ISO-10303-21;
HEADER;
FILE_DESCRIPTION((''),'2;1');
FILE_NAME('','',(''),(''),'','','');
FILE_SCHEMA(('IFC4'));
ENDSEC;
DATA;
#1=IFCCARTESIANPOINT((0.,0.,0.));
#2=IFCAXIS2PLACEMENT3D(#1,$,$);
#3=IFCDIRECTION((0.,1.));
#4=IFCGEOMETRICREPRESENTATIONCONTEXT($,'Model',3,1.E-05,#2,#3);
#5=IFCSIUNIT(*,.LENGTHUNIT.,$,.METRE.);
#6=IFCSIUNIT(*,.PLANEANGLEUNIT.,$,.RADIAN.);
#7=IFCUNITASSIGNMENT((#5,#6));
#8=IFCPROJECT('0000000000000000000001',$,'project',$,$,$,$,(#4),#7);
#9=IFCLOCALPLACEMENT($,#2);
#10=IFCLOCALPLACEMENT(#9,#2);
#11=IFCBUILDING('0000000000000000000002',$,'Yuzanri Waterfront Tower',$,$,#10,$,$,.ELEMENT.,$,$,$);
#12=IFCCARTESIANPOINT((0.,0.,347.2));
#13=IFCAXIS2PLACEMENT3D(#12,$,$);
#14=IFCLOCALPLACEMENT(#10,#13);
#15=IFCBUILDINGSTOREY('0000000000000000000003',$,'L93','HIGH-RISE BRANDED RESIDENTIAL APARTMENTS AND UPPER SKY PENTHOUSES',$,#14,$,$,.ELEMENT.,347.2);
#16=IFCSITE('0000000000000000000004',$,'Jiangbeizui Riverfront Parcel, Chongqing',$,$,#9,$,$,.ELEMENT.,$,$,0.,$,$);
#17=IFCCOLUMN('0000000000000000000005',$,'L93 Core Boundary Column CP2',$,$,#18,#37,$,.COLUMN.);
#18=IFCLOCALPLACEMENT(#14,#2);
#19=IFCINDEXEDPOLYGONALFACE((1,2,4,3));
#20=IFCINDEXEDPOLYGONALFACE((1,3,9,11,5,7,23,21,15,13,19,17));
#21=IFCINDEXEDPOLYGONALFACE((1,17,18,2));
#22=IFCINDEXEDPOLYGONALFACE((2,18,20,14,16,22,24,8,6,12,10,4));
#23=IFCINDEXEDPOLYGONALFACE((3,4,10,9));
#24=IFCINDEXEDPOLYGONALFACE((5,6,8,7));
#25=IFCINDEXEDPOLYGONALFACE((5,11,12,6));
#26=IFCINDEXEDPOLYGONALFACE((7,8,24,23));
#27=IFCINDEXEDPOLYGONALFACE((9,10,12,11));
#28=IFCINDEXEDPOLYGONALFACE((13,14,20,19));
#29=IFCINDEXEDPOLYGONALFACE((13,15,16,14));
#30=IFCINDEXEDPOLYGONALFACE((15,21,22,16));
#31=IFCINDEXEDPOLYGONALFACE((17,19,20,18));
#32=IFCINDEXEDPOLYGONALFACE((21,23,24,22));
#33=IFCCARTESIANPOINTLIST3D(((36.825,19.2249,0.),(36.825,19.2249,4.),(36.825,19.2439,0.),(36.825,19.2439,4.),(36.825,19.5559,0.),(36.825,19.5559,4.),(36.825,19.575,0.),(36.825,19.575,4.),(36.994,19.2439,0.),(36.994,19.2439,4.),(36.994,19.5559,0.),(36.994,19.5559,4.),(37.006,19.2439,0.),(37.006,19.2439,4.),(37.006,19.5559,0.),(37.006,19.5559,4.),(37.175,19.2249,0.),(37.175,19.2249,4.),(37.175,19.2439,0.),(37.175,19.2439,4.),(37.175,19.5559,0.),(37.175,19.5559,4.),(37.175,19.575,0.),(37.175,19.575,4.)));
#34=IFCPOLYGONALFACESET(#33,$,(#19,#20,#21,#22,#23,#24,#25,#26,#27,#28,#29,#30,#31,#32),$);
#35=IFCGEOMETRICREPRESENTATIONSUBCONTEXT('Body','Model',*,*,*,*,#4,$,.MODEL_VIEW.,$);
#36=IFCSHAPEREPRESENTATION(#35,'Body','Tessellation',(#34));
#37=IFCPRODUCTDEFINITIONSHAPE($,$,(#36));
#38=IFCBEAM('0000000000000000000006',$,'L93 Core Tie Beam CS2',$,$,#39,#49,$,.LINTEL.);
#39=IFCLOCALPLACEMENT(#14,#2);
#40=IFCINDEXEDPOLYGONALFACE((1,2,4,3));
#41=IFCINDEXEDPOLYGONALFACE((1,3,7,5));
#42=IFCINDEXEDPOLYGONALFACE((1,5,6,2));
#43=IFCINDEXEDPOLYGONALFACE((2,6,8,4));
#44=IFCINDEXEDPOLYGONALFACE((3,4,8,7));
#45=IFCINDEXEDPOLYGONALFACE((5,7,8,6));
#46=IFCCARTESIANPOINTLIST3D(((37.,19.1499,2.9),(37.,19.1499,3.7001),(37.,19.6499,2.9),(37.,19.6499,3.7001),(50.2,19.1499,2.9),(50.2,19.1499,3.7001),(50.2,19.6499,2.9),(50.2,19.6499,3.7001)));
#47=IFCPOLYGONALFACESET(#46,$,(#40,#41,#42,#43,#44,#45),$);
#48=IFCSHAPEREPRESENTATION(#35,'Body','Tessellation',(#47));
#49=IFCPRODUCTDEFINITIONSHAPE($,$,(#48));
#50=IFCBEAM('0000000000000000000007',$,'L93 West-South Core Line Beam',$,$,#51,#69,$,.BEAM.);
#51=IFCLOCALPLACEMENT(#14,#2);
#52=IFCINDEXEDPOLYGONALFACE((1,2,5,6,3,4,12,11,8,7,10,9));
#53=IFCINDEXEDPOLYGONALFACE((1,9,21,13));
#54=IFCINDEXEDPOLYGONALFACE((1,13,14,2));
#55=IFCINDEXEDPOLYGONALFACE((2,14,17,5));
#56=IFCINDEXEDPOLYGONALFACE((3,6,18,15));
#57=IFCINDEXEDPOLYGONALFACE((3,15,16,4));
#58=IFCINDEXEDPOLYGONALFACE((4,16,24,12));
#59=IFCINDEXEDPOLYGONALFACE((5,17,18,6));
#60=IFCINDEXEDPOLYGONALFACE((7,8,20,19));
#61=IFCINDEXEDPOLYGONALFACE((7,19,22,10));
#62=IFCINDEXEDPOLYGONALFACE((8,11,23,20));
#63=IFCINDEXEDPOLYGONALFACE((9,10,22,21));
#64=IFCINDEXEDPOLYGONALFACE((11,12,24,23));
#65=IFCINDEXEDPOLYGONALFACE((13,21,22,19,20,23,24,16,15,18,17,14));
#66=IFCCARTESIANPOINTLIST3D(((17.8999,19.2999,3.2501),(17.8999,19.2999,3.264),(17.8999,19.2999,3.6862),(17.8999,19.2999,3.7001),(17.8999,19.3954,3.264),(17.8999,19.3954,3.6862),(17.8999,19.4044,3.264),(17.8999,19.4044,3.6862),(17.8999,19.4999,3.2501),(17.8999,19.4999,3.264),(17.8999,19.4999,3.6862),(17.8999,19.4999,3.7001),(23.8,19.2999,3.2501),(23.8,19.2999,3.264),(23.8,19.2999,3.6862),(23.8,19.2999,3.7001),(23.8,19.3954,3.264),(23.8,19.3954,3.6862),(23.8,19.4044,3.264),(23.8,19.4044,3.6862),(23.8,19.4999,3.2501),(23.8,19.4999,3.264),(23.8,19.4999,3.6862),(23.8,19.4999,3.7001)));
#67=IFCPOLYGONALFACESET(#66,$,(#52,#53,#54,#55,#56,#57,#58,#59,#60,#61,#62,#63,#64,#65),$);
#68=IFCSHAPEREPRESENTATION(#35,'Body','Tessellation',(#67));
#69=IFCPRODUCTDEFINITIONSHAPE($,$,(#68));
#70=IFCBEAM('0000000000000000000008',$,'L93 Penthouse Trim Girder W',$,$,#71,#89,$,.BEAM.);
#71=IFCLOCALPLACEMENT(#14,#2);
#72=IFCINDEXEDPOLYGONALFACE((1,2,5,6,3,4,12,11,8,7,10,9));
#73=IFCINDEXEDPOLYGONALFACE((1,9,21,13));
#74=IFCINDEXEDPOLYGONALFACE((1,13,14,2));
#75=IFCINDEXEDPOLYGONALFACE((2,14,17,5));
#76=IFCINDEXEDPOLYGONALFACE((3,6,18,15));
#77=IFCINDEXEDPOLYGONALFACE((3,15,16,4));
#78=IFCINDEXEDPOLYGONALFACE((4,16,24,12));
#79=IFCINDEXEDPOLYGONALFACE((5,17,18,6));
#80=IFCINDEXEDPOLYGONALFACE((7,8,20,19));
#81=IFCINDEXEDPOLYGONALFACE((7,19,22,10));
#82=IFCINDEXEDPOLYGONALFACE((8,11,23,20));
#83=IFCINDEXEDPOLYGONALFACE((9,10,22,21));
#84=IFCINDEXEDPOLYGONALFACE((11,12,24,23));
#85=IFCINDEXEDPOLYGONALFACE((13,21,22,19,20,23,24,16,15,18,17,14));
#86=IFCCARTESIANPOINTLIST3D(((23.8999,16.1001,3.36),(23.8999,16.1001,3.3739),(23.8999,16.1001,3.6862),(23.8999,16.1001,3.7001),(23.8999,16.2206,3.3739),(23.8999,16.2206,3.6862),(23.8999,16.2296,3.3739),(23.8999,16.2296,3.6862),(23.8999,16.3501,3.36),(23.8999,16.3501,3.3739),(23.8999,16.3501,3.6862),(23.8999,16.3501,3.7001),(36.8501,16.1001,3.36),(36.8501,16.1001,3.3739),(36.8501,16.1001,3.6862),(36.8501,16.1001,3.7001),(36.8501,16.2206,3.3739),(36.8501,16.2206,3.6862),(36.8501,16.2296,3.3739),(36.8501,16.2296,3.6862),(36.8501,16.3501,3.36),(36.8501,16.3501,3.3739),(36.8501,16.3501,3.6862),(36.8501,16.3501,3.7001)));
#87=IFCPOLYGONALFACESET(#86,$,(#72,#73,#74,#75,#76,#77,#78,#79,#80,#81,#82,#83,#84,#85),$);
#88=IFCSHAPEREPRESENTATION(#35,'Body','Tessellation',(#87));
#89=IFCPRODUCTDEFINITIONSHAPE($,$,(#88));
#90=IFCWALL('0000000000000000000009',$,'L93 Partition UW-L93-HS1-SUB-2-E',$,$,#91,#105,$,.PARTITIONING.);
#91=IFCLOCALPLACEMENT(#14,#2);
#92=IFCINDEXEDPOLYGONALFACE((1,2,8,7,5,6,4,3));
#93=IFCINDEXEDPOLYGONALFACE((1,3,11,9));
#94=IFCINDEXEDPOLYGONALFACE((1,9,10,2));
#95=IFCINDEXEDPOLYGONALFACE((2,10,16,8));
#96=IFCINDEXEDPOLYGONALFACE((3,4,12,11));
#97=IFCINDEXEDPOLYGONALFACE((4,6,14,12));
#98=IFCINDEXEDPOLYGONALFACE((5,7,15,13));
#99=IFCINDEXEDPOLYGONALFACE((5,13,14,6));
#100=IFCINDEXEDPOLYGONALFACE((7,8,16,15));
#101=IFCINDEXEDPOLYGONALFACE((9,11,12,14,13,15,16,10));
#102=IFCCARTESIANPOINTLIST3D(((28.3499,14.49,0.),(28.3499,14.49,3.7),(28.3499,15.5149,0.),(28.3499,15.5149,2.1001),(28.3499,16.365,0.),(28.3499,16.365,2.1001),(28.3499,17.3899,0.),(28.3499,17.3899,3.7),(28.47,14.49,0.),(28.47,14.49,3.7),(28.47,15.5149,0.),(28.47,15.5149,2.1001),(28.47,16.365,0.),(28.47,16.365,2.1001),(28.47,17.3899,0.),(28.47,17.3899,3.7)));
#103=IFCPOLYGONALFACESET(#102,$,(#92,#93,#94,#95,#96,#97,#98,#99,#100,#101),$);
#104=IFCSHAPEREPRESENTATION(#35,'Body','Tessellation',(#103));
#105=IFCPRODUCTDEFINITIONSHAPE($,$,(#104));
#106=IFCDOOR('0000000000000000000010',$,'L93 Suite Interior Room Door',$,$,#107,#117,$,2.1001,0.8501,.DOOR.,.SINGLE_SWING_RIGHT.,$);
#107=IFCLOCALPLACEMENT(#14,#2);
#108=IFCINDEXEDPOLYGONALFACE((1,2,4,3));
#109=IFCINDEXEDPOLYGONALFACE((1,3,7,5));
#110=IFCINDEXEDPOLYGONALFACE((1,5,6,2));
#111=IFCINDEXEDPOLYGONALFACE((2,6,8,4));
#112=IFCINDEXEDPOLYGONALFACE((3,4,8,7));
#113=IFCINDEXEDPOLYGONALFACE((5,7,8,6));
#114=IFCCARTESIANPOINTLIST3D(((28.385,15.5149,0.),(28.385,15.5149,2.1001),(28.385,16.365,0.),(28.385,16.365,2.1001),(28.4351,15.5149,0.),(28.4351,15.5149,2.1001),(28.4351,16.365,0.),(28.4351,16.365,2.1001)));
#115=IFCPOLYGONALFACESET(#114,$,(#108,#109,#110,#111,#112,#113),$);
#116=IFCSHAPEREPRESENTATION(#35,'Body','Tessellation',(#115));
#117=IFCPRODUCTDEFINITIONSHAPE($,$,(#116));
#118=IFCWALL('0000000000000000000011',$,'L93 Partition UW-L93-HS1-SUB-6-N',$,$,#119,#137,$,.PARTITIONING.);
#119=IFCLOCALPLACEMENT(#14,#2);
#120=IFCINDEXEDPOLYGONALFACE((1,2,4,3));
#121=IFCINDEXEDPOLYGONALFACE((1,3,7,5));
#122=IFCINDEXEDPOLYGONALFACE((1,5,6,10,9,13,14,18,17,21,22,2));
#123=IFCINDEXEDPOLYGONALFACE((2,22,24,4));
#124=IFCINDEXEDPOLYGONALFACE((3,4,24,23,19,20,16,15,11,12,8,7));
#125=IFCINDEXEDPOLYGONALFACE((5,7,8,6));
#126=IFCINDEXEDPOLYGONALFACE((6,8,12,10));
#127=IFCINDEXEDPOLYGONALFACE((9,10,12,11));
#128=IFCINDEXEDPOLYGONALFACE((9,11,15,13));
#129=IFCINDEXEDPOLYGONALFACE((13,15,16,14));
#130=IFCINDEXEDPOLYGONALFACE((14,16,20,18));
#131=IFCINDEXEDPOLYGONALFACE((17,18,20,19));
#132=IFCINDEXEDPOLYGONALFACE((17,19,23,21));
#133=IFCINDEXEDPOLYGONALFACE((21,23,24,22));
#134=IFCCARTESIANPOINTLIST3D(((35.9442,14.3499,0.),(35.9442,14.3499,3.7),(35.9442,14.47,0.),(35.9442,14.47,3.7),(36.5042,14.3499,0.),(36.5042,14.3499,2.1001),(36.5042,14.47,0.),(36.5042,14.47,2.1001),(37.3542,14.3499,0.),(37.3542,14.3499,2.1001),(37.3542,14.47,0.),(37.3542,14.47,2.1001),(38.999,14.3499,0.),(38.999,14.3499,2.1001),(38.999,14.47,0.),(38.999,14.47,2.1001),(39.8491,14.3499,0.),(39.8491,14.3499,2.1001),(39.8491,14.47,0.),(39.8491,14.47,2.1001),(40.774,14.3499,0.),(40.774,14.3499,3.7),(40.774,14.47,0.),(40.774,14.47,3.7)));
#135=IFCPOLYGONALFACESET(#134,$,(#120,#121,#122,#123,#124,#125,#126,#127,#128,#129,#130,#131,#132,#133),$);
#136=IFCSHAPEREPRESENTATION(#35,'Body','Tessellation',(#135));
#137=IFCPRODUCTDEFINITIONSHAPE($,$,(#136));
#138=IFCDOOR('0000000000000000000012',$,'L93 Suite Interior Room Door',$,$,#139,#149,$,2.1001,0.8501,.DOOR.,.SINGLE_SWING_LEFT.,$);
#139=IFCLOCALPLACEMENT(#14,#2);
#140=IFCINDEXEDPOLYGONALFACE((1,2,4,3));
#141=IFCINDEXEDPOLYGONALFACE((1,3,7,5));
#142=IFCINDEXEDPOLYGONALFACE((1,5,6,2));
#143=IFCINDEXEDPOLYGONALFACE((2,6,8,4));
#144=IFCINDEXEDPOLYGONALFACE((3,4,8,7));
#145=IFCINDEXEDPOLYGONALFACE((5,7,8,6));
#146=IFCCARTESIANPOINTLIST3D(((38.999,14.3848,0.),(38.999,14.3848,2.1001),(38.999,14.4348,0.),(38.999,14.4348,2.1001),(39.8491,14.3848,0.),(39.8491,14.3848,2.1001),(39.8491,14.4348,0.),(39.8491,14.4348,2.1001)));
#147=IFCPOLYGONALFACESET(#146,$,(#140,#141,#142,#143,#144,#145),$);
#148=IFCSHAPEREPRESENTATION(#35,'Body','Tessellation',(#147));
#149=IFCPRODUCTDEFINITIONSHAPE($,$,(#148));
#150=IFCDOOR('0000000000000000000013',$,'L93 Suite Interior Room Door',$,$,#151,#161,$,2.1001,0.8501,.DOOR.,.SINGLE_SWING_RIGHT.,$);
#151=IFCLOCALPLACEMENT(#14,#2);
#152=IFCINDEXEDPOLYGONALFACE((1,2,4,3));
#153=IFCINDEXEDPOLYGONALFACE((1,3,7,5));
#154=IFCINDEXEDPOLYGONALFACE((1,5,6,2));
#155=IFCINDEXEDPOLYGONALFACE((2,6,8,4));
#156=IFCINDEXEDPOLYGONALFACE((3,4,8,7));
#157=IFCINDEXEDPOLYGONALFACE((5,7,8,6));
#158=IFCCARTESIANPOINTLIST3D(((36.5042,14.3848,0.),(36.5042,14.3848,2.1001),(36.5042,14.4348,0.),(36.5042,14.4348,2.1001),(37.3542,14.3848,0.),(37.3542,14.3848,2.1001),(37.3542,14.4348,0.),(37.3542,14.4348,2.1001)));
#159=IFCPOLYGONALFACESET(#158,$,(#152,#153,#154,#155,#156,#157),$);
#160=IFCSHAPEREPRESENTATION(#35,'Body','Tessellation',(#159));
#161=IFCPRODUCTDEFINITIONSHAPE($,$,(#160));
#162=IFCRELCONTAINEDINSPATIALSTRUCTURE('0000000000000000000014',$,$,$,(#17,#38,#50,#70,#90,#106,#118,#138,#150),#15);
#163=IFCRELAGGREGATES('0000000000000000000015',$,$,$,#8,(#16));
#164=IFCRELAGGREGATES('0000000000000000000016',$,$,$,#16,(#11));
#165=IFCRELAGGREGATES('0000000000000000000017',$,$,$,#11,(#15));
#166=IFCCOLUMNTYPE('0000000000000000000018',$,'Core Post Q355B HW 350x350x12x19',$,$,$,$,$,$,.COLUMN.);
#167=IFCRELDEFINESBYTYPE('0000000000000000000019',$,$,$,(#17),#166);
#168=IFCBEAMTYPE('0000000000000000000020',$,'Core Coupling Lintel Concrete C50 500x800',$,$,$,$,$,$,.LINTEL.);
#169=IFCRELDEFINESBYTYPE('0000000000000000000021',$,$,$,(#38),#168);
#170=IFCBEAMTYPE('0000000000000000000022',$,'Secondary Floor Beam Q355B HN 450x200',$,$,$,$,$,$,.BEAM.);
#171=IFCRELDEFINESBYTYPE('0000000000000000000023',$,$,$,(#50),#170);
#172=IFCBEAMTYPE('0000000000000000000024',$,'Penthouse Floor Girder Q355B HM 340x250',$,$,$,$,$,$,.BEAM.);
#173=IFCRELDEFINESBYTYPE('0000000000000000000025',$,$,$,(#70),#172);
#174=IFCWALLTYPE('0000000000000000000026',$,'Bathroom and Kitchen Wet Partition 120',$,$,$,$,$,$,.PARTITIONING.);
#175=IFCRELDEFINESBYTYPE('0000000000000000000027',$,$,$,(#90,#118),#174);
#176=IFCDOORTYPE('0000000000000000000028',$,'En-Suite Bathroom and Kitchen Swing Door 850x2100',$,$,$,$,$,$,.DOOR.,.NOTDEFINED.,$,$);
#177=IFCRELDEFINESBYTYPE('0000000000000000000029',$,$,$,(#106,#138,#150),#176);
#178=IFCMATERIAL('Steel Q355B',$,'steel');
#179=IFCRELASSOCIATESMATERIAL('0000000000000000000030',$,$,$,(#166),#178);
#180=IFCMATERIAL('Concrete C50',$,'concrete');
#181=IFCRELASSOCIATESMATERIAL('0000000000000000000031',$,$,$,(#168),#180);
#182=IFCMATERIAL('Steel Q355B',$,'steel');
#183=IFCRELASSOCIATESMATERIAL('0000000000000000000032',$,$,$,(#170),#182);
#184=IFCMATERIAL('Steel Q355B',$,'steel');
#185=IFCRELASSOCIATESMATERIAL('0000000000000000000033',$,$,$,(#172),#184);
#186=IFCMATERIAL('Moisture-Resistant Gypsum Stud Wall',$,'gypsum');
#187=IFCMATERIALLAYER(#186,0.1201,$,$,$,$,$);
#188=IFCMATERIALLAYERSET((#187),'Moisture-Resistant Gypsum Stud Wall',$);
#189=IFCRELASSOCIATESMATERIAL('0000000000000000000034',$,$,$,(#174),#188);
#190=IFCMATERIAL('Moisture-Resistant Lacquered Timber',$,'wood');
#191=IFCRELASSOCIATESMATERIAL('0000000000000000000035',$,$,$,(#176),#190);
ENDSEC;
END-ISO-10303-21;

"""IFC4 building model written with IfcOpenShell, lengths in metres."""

from ifc_helpers import new_model, si_unit, direction, frame, frame_2d, origin, origin_2d, place, context, subcontext, project, spatial, rectangle, i_section, extrude, source, transform, mapped, material, layer, layer_set, material_profile, profile_set, type_object, element, fill, save


model = new_model("IFC4")

# Units and contexts
model_context = context("Model", 3, precision=1e-05, world=origin(), true_north=direction((0.0, 1.0)))
body_context = subcontext(model_context, "Body", "Model", "MODEL_VIEW")
ifc_project = project(units=[si_unit("LENGTHUNIT", "METRE"), si_unit("PLANEANGLEUNIT", "RADIAN")], contexts=[model_context])

# Site, building, storey
site_placement = place(None, origin())
site = spatial("IfcSite", under=ifc_project, at=site_placement, Name="Jiangbeizui Riverfront Parcel, Chongqing", CompositionType="ELEMENT", RefElevation=0.0)
building_placement = place(site_placement, origin())
building = spatial("IfcBuilding", under=site, at=building_placement, Name="Yuzanri Waterfront Tower", CompositionType="ELEMENT")
storey_placement = place(building_placement, frame((0.0, 0.0, 347.2)))
storey = spatial("IfcBuildingStorey", under=building, at=storey_placement, Name="L93", Description="HIGH-RISE BRANDED RESIDENTIAL APARTMENTS AND UPPER SKY PENTHOUSES", CompositionType="ELEMENT", Elevation=347.2)

# Column
ifc_material_1 = material(Name="Steel Q355B", Category="steel")
ifc_material_profile_1 = material_profile(ifc_material_1, i_section(OverallWidth=0.3501, OverallDepth=0.3501, WebThickness=0.012, FlangeThickness=0.019, at=origin_2d()), Name="HW 350x350x12x19")
ifc_profile_set_1 = profile_set([ifc_material_profile_1], Name="Steel Q355B")
column_type = type_object("IfcColumnType", Name="Core Post Q355B HW 350x350x12x19", PredefinedType="COLUMN", material=ifc_profile_set_1)
shared_shape_1 = source(origin(), body_context, "Body", "SweptSolid", [
    extrude(i_section(OverallWidth=0.3501, OverallDepth=0.3501, WebThickness=0.012, FlangeThickness=0.019, at=origin_2d()), origin(), (0.0, 0.0, 1.0), 4.0),
])
column_placement = place(storey_placement, frame((37.0, 19.3999, 0.0), z_axis=(0.0, 0.0, 1.0), x_axis=(1.0, 0.0, 0.0)))
element("IfcColumn", 1, at=column_placement, inside=storey, type_object=column_type, Name="L93 Core Boundary Column CP2", PredefinedType="COLUMN", context=body_context, shape_type="MappedRepresentation", body=[
    mapped(shared_shape_1, transform((0.0, 0.0, 0.0), scale=1.0)),
])

# Beams
ifc_material_2 = material(Name="Concrete C50", Category="concrete")
ifc_material_profile_2 = material_profile(ifc_material_2, rectangle(XDim=0.5, YDim=0.8, at=origin_2d()), Name="RC 500x800")
ifc_profile_set_2 = profile_set([ifc_material_profile_2], Name="Concrete C50")
beam_type_1 = type_object("IfcBeamType", Name="Core Coupling Lintel Concrete C50 500x800", PredefinedType="LINTEL", material=ifc_profile_set_2)
shared_shape_2 = source(origin(), body_context, "Body", "SweptSolid", [
    extrude(rectangle(XDim=0.5, YDim=0.8, at=origin_2d()), origin(), (0.0, 0.0, 1.0), 13.2),
])
beam_1_placement = place(storey_placement, frame((37.0, 19.3999, 3.3), z_axis=(1.0, 0.0, 0.0), x_axis=(0.0, 1.0, 0.0)))
element("IfcBeam", 2, at=beam_1_placement, inside=storey, type_object=beam_type_1, Name="L93 Core Tie Beam CS2", PredefinedType="LINTEL", context=body_context, shape_type="MappedRepresentation", body=[
    mapped(shared_shape_2, transform((0.0, 0.0, 0.0), scale=1.0)),
])
ifc_material_3 = material(Name="Steel Q355B", Category="steel")
ifc_material_profile_3 = material_profile(ifc_material_3, i_section(OverallWidth=0.2, OverallDepth=0.45, WebThickness=0.009, FlangeThickness=0.0139, at=origin_2d()), Name="HN 450x200x9x14")
ifc_profile_set_3 = profile_set([ifc_material_profile_3], Name="Steel Q355B")
beam_type_2 = type_object("IfcBeamType", Name="Secondary Floor Beam Q355B HN 450x200", PredefinedType="BEAM", material=ifc_profile_set_3)
shared_shape_3 = source(origin(), body_context, "Body", "SweptSolid", [
    extrude(i_section(OverallWidth=0.2, OverallDepth=0.45, WebThickness=0.009, FlangeThickness=0.0139, at=origin_2d()), origin(), (0.0, 0.0, 1.0), 5.9001),
])
beam_2_placement = place(storey_placement, frame((23.8, 19.3999, 3.4751), z_axis=(-1.0, 0.0, 0.0), x_axis=(0.0, -1.0, 0.0)))
element("IfcBeam", 3, at=beam_2_placement, inside=storey, type_object=beam_type_2, Name="L93 West-South Core Line Beam", PredefinedType="BEAM", context=body_context, shape_type="MappedRepresentation", body=[
    mapped(shared_shape_3, transform((0.0, 0.0, 0.0), scale=1.0)),
])
ifc_material_4 = material(Name="Steel Q355B", Category="steel")
ifc_material_profile_4 = material_profile(ifc_material_4, i_section(OverallWidth=0.25, OverallDepth=0.3401, WebThickness=0.009, FlangeThickness=0.0139, at=origin_2d()), Name="HM 340x250x9x14")
ifc_profile_set_4 = profile_set([ifc_material_profile_4], Name="Steel Q355B")
beam_type_3 = type_object("IfcBeamType", Name="Penthouse Floor Girder Q355B HM 340x250", PredefinedType="BEAM", material=ifc_profile_set_4)
shared_shape_4 = source(origin(), body_context, "Body", "SweptSolid", [
    extrude(i_section(OverallWidth=0.25, OverallDepth=0.3401, WebThickness=0.009, FlangeThickness=0.0139, at=origin_2d()), origin(), (0.0, 0.0, 1.0), 12.9502),
])
beam_3_placement = place(storey_placement, frame((23.8999, 16.2251, 3.53), z_axis=(1.0, 0.0, 0.0), x_axis=(0.0, 1.0, 0.0)))
element("IfcBeam", 4, at=beam_3_placement, inside=storey, type_object=beam_type_3, Name="L93 Penthouse Trim Girder W", PredefinedType="BEAM", context=body_context, shape_type="MappedRepresentation", body=[
    mapped(shared_shape_4, transform((0.0, 0.0, 0.0), scale=1.0)),
])

# Wall, opening, door
ifc_material_5 = material(Name="Moisture-Resistant Gypsum Stud Wall", Category="gypsum")
ifc_layer_1 = layer(ifc_material_5, 0.1201)
ifc_layer_set_1 = layer_set([ifc_layer_1], Name="Moisture-Resistant Gypsum Stud Wall")
wall_type_1 = type_object("IfcWallType", Name="Bathroom and Kitchen Wet Partition 120", PredefinedType="PARTITIONING", material=ifc_layer_set_1)
wall_1_placement = place(storey_placement, frame((28.4099, 14.49, 0.0), z_axis=(0.0, 0.0, 1.0), x_axis=(0.0, 1.0, 0.0)))
wall_1 = element("IfcWall", 5, at=wall_1_placement, inside=storey, type_object=wall_type_1, Name="L93 Partition UW-L93-HS1-SUB-2-E", PredefinedType="PARTITIONING", context=body_context, shape_type="SweptSolid", body=[
    extrude(rectangle(XDim=2.8999, YDim=0.1201, at=frame_2d((1.45, 0.0))), origin(), (0.0, 0.0, 1.0), 3.7),
])
opening_1_placement = place(wall_1_placement, frame((1.0249, 0.0, 0.0)))
opening_1 = element("IfcOpeningElement", 6, at=opening_1_placement, cuts=wall_1, PredefinedType="OPENING", context=body_context, shape_type="SweptSolid", body=[
    extrude(rectangle(XDim=0.8501, YDim=2.1001, at=frame_2d((0.425, 1.05))), frame((0.0, 0.075, 0.0), z_axis=(0.0, -1.0, 0.0), x_axis=(1.0, 0.0, 0.0)), (0.0, 0.0, 1.0), 0.1499),
])
ifc_material_6 = material(Name="Moisture-Resistant Lacquered Timber", Category="wood")
door_type_1 = type_object("IfcDoorType", Name="En-Suite Bathroom and Kitchen Swing Door 850x2100", OperationType="NOTDEFINED", PredefinedType="DOOR", material=ifc_material_6)
shared_shape_5 = source(origin(), body_context, "Body", "SweptSolid", [
    extrude(rectangle(XDim=0.8501, YDim=2.1001, at=frame_2d((0.425, 1.05))), frame((0.0, 0.0249, 0.0), z_axis=(0.0, -1.0, 0.0), x_axis=(1.0, 0.0, 0.0)), (0.0, 0.0, 1.0), 0.05),
])
door_1_placement = place(opening_1_placement, origin())
door_1 = element("IfcDoor", 7, at=door_1_placement, inside=storey, type_object=door_type_1, Name="L93 Suite Interior Room Door", OperationType="SINGLE_SWING_RIGHT", OverallHeight=2.1001, OverallWidth=0.8501, PredefinedType="DOOR", context=body_context, shape_type="MappedRepresentation", body=[
    mapped(shared_shape_5, transform((0.0, 0.0, 0.0), scale=1.0)),
])
fill(opening_1, door_1)

# Wall, openings, doors
wall_2_placement = place(storey_placement, frame((35.9441, 14.4099, 0.0), z_axis=(0.0, 0.0, 1.0), x_axis=(1.0, 0.0, 0.0)))
wall_2 = element("IfcWall", 8, at=wall_2_placement, inside=storey, type_object=wall_type_1, Name="L93 Partition UW-L93-HS1-SUB-6-N", PredefinedType="PARTITIONING", context=body_context, shape_type="SweptSolid", body=[
    extrude(rectangle(XDim=4.8298, YDim=0.1201, at=frame_2d((2.415, 0.0))), origin(), (0.0, 0.0, 1.0), 3.7),
])
opening_2_placement = place(wall_2_placement, frame((3.0549, 0.0, 0.0)))
opening_2 = element("IfcOpeningElement", 9, at=opening_2_placement, cuts=wall_2, PredefinedType="OPENING", context=body_context, shape_type="SweptSolid", body=[
    extrude(rectangle(XDim=0.8501, YDim=2.1001, at=frame_2d((0.425, 1.05))), frame((0.0, 0.075, 0.0), z_axis=(0.0, -1.0, 0.0), x_axis=(1.0, 0.0, 0.0)), (0.0, 0.0, 1.0), 0.1499),
])
opening_3_placement = place(wall_2_placement, frame((0.5601, 0.0, 0.0)))
opening_3 = element("IfcOpeningElement", 10, at=opening_3_placement, cuts=wall_2, PredefinedType="OPENING", context=body_context, shape_type="SweptSolid", body=[
    extrude(rectangle(XDim=0.8501, YDim=2.1001, at=frame_2d((0.425, 1.05))), frame((0.0, 0.075, 0.0), z_axis=(0.0, -1.0, 0.0), x_axis=(1.0, 0.0, 0.0)), (0.0, 0.0, 1.0), 0.1499),
])
door_2_placement = place(opening_2_placement, origin())
door_2 = element("IfcDoor", 11, at=door_2_placement, inside=storey, type_object=door_type_1, Name="L93 Suite Interior Room Door", OperationType="SINGLE_SWING_LEFT", OverallHeight=2.1001, OverallWidth=0.8501, PredefinedType="DOOR", context=body_context, shape_type="MappedRepresentation", body=[
    mapped(shared_shape_5, transform((0.0, 0.0, 0.0), scale=1.0)),
])
fill(opening_2, door_2)
door_3_placement = place(opening_3_placement, origin())
door_3 = element("IfcDoor", 12, at=door_3_placement, inside=storey, type_object=door_type_1, Name="L93 Suite Interior Room Door", OperationType="SINGLE_SWING_RIGHT", OverallHeight=2.1001, OverallWidth=0.8501, PredefinedType="DOOR", context=body_context, shape_type="MappedRepresentation", body=[
    mapped(shared_shape_5, transform((0.0, 0.0, 0.0), scale=1.0)),
])
fill(opening_3, door_3)

save(model, "model.ifc")
